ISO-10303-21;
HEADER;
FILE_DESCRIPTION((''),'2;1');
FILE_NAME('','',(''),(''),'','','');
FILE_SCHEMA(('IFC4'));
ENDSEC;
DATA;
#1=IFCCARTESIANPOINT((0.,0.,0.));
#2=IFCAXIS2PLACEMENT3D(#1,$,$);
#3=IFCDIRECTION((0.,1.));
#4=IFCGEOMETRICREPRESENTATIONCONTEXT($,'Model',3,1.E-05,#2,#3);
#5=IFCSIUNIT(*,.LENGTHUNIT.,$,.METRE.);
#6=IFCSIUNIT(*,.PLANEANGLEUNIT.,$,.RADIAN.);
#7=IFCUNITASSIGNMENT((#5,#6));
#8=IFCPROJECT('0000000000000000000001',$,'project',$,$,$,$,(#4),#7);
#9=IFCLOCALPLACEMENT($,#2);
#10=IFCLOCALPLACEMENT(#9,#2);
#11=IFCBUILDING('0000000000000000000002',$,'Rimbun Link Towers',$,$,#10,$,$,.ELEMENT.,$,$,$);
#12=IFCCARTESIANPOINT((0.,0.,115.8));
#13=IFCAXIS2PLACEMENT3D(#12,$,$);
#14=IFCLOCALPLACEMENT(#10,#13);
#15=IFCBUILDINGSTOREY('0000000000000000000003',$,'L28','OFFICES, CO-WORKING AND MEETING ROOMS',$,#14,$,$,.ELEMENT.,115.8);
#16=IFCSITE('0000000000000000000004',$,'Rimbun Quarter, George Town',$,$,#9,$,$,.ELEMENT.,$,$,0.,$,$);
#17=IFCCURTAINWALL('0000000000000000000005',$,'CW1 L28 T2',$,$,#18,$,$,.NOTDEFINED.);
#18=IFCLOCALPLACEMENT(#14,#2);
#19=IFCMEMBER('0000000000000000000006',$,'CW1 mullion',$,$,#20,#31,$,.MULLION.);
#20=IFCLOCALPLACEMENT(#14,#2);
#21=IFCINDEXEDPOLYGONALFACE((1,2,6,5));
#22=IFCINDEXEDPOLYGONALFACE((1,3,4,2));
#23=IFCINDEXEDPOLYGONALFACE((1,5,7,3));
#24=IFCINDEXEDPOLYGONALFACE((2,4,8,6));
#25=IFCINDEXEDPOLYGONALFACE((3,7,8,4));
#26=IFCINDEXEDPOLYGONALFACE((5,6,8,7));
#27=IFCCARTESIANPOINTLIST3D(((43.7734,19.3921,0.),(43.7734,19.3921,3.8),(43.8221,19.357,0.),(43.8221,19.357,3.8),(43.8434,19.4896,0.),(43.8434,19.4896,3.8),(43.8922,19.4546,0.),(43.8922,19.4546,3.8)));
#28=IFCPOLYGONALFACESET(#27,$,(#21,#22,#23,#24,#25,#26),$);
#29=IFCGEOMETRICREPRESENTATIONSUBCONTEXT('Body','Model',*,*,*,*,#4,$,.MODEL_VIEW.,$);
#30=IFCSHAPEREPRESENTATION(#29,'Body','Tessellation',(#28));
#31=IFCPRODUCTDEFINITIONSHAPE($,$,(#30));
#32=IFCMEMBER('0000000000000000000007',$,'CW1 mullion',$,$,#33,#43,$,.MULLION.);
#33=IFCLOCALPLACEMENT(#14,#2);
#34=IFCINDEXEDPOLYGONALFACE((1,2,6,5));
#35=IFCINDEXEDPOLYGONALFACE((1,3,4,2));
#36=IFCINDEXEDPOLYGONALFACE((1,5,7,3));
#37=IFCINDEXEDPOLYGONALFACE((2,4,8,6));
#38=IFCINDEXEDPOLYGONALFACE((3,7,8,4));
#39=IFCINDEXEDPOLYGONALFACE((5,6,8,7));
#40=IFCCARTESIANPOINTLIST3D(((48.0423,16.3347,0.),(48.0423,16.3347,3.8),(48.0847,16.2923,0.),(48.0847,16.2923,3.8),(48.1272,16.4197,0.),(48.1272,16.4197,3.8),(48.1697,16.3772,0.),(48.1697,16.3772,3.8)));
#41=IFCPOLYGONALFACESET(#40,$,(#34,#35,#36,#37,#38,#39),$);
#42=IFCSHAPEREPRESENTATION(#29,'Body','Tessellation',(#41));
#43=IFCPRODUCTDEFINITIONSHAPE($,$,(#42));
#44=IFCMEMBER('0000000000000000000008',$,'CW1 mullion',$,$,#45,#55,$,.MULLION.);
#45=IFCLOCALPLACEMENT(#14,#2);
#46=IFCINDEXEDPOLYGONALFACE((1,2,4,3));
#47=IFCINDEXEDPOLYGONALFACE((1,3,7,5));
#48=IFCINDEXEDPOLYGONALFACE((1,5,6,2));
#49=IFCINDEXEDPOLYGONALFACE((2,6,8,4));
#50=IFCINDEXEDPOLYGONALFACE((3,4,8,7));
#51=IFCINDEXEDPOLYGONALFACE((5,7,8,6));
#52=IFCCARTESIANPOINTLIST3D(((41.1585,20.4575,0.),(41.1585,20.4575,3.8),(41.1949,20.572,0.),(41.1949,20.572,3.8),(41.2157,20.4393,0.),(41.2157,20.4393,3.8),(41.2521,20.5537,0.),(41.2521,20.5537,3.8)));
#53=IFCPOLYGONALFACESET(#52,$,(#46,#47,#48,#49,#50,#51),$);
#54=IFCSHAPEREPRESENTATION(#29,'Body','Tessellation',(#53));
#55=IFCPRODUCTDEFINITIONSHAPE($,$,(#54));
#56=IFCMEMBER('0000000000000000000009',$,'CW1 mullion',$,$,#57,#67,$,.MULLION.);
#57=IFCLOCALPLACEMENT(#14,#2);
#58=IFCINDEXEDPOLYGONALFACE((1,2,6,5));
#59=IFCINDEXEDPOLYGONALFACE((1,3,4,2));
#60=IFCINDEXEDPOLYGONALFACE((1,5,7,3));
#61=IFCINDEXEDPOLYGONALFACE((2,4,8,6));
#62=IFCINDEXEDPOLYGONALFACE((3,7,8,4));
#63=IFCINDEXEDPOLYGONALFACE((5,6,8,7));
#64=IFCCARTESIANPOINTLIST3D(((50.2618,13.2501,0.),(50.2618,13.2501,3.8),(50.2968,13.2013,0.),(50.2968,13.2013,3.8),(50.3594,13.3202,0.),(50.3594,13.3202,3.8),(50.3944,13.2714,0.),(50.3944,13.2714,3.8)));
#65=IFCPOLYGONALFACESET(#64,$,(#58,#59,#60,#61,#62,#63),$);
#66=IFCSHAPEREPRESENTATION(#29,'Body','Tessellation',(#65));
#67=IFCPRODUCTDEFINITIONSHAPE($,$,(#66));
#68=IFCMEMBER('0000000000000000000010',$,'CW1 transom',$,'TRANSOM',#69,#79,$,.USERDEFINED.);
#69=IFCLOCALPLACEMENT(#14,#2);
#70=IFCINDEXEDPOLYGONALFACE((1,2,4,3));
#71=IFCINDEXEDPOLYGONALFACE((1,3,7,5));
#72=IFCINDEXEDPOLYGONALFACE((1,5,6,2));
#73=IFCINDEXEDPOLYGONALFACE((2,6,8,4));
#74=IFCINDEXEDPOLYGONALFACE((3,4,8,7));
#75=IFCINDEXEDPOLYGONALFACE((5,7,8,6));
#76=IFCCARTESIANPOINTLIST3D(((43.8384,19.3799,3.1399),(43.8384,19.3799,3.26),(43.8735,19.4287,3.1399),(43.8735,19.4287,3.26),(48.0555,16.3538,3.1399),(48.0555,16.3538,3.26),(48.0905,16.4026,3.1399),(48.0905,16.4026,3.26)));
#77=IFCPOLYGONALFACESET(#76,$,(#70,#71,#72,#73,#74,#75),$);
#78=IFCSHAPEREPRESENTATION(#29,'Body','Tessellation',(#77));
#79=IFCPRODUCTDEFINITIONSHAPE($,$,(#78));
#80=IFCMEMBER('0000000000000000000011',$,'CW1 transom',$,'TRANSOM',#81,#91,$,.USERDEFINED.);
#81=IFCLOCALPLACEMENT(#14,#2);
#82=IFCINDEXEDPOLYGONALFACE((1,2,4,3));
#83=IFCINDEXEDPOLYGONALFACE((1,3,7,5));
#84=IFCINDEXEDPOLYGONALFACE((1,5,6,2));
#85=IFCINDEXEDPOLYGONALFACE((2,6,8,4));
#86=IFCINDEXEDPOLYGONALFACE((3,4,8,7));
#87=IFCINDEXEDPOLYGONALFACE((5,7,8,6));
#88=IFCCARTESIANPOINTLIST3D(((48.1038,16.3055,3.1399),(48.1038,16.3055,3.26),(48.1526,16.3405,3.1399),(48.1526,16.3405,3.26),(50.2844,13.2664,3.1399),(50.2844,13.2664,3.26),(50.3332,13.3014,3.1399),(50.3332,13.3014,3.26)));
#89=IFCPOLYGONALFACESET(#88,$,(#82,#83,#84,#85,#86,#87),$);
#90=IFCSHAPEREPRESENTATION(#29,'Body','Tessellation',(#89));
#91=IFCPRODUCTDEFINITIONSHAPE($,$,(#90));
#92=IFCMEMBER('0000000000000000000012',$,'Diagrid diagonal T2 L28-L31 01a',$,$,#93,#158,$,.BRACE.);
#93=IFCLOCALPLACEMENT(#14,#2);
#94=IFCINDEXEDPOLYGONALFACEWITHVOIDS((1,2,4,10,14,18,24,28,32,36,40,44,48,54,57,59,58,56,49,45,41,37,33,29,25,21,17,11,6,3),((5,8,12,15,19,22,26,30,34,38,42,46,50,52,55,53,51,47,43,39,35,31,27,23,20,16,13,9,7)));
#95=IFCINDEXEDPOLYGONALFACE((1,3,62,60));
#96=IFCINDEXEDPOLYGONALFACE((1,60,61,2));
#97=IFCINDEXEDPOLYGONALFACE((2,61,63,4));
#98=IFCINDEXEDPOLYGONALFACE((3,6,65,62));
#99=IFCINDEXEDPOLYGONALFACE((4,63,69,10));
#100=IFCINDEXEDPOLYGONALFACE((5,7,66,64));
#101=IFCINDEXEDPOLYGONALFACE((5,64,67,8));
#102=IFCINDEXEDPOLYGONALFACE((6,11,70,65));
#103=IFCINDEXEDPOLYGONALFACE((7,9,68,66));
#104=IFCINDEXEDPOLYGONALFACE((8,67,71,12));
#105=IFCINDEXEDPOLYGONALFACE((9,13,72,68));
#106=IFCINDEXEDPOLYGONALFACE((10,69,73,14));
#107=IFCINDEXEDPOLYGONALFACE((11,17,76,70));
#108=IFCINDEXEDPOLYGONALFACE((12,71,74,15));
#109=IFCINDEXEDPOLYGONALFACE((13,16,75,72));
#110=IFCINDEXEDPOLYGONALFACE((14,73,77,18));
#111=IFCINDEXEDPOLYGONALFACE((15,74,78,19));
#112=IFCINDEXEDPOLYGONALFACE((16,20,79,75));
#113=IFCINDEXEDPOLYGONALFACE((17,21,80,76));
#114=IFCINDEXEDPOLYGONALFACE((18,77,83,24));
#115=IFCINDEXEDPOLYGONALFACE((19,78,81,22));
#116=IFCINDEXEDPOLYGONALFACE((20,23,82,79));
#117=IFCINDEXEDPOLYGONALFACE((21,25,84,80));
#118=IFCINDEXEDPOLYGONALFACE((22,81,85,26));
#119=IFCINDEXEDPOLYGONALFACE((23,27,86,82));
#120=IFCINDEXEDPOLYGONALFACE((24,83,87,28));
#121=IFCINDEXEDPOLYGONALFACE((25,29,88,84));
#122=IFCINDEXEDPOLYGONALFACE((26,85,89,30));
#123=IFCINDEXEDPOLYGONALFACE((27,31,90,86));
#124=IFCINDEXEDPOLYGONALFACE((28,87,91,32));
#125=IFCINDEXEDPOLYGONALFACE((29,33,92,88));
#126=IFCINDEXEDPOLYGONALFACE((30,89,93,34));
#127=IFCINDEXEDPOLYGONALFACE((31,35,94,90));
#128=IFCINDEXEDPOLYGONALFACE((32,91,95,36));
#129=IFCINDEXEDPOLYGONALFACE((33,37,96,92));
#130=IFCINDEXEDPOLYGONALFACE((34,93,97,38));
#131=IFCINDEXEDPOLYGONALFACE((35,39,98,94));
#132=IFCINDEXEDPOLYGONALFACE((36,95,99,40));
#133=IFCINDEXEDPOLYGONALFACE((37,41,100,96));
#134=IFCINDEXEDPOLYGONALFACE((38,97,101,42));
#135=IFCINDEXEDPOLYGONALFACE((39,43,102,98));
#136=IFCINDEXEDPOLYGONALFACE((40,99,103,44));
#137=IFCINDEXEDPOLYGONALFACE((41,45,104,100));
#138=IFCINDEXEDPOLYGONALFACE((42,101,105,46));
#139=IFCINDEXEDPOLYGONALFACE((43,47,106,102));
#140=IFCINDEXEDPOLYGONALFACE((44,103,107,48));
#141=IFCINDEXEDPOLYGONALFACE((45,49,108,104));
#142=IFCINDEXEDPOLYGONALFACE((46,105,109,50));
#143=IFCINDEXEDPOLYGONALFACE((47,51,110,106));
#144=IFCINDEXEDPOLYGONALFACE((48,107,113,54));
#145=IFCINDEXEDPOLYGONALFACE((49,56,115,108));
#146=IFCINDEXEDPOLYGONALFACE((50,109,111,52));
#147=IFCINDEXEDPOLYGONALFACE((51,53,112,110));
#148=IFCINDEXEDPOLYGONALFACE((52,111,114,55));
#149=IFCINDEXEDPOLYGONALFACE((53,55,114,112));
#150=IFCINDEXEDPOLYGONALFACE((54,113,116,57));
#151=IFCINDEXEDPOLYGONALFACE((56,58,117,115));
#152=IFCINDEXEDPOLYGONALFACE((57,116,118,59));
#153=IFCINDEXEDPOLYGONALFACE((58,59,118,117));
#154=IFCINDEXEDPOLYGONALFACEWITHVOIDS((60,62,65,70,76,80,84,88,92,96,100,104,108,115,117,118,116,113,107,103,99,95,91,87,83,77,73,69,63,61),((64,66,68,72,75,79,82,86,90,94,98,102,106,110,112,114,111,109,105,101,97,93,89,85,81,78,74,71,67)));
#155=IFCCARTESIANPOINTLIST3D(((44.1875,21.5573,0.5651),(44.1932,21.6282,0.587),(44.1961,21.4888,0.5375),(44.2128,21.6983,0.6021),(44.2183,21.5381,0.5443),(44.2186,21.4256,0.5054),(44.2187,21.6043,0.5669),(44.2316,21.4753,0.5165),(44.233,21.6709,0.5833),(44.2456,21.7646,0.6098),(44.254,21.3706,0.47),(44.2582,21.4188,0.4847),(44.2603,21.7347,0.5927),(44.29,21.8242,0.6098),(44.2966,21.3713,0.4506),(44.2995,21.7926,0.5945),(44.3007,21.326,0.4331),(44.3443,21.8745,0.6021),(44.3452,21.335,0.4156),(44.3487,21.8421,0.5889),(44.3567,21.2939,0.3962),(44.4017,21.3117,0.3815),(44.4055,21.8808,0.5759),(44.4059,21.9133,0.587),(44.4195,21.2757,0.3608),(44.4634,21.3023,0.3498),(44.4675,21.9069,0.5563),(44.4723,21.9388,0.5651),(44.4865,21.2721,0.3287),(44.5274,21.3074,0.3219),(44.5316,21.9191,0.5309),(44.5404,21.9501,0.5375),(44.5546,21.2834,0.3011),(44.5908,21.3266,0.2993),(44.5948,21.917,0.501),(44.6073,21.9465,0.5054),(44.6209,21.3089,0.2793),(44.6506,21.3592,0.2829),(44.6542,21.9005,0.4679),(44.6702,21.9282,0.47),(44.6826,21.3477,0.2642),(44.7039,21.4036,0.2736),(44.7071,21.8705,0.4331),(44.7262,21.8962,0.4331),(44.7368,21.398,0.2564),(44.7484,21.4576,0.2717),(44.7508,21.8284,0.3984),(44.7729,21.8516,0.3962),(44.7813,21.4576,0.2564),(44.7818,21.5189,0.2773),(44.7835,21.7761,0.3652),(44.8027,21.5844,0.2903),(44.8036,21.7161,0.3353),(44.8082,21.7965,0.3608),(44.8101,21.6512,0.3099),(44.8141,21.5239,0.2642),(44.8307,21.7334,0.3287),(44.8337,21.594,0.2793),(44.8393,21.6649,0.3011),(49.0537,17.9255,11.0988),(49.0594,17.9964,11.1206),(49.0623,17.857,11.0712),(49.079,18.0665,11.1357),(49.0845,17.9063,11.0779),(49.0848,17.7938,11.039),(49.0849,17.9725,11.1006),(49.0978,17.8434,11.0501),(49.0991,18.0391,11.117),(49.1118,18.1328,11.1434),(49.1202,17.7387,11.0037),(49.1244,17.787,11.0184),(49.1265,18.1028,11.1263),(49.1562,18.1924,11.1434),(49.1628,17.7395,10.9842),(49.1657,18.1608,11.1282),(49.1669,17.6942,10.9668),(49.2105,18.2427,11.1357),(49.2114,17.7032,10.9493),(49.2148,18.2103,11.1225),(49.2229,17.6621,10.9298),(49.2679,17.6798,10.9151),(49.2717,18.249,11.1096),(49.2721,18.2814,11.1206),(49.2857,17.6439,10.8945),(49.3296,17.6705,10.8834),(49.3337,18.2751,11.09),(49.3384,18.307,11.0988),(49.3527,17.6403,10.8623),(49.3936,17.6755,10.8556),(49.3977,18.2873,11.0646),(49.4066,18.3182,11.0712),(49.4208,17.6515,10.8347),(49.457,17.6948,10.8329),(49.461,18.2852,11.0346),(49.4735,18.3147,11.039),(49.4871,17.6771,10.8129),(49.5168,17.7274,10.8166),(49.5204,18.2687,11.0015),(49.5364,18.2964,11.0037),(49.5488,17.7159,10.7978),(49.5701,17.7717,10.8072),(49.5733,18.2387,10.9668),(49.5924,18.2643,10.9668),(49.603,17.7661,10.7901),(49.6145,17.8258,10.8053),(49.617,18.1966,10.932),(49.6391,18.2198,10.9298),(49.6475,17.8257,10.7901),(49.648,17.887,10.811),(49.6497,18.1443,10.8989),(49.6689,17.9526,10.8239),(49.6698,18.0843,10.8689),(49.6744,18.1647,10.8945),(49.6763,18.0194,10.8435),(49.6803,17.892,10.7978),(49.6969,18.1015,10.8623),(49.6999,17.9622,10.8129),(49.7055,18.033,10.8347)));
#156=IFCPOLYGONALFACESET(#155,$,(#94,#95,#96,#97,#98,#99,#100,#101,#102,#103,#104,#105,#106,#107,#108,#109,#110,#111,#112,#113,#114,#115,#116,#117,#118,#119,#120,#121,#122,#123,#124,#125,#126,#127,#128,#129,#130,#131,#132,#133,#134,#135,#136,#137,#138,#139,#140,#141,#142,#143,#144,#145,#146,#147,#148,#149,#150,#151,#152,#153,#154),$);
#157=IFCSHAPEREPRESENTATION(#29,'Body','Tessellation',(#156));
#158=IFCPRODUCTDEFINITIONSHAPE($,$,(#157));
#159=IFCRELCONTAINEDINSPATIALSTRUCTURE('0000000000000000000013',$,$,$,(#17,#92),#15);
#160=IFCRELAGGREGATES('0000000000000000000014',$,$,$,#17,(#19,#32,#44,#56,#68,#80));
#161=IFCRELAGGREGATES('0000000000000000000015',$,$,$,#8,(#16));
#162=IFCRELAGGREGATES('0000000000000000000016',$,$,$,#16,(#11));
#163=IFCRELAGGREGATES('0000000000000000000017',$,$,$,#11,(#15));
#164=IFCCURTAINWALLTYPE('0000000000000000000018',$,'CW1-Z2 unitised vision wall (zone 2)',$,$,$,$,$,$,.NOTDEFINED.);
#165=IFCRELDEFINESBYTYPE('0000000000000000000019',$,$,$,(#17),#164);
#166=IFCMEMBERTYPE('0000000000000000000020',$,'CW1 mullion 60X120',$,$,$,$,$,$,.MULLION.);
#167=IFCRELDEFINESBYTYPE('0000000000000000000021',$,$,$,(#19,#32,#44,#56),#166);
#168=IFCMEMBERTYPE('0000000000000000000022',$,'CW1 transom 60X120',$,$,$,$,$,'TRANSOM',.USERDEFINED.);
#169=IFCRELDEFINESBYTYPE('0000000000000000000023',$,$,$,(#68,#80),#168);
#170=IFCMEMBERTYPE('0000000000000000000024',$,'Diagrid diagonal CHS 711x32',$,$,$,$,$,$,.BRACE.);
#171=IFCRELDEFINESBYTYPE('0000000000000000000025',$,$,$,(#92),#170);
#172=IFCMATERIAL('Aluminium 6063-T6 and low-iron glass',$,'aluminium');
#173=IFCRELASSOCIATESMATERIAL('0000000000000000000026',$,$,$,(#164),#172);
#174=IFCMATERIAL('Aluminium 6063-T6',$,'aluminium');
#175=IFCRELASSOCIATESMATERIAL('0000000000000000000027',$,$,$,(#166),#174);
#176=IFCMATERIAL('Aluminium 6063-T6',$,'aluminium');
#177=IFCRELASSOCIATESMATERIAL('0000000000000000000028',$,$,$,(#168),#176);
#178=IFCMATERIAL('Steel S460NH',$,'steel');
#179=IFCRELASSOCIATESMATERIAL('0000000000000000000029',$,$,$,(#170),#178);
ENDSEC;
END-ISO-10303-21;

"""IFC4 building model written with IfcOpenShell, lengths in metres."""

from ifc_helpers import new_model, si_unit, direction, frame, origin, origin_2d, place, context, subcontext, project, spatial, rectangle, hollow_circle, extrude, material, material_profile, profile_set, type_object, element, aggregate, save


model = new_model("IFC4")

# Units and contexts
model_context = context("Model", 3, precision=1e-05, world=origin(), true_north=direction((0.0, 1.0)))
body_context = subcontext(model_context, "Body", "Model", "MODEL_VIEW")
ifc_project = project(units=[si_unit("LENGTHUNIT", "METRE"), si_unit("PLANEANGLEUNIT", "RADIAN")], contexts=[model_context])

# Site, building, storey
site_placement = place(None, origin())
site = spatial("IfcSite", under=ifc_project, at=site_placement, Name="Rimbun Quarter, George Town", CompositionType="ELEMENT", RefElevation=0.0)
building_placement = place(site_placement, origin())
building = spatial("IfcBuilding", under=site, at=building_placement, Name="Rimbun Link Towers", CompositionType="ELEMENT")
storey_placement = place(building_placement, frame((0.0, 0.0, 115.8)))
storey = spatial("IfcBuildingStorey", under=building, at=storey_placement, Name="L28", Description="OFFICES, CO-WORKING AND MEETING ROOMS", CompositionType="ELEMENT", Elevation=115.8)

# Curtain wall, members
ifc_material_1 = material(Name="Aluminium 6063-T6 and low-iron glass", Category="aluminium")
curtain_wall_type = type_object("IfcCurtainWallType", Name="CW1-Z2 unitised vision wall (zone 2)", PredefinedType="NOTDEFINED", material=ifc_material_1)
curtain_wall_placement = place(storey_placement, origin())
curtain_wall = element("IfcCurtainWall", 1, at=curtain_wall_placement, inside=storey, type_object=curtain_wall_type, Name="CW1 L28 T2", PredefinedType="NOTDEFINED")
ifc_material_2 = material(Name="Aluminium 6063-T6", Category="aluminium")
ifc_material_profile_1 = material_profile(ifc_material_2, rectangle(XDim=0.1201, YDim=0.0601, at=origin_2d()), Name="MULLION 60X120")
ifc_profile_set_1 = profile_set([ifc_material_profile_1], Name="Aluminium 6063-T6")
member_type_1 = type_object("IfcMemberType", Name="CW1 mullion 60X120", PredefinedType="MULLION", material=ifc_profile_set_1)
member_1_placement = place(storey_placement, frame((43.8328, 19.4233, 0.0), z_axis=(0.0, 0.0, 1.0), x_axis=(0.583004, 0.812469, 0.0)))
member_1 = element("IfcMember", 2, at=member_1_placement, type_object=member_type_1, Name="CW1 mullion", PredefinedType="MULLION", context=body_context, shape_type="SweptSolid", body=[
    extrude(rectangle(XDim=0.1201, YDim=0.0601, at=origin_2d()), origin(), (0.0, 0.0, 1.0), 3.8),
])
member_2_placement = place(storey_placement, frame((48.106, 16.356, 0.0), z_axis=(0.0, 0.0, 1.0), x_axis=(0.707107, 0.707107, 0.0)))
member_2 = element("IfcMember", 3, at=member_2_placement, type_object=member_type_1, Name="CW1 mullion", PredefinedType="MULLION", context=body_context, shape_type="SweptSolid", body=[
    extrude(rectangle(XDim=0.1201, YDim=0.0601, at=origin_2d()), origin(), (0.0, 0.0, 1.0), 3.8),
])
member_3_placement = place(storey_placement, frame((41.2053, 20.5056, 0.0), z_axis=(0.0, 0.0, 1.0), x_axis=(0.303073, 0.952967, 0.0)))
member_3 = element("IfcMember", 4, at=member_3_placement, type_object=member_type_1, Name="CW1 mullion", PredefinedType="MULLION", context=body_context, shape_type="SweptSolid", body=[
    extrude(rectangle(XDim=0.1201, YDim=0.0601, at=origin_2d()), origin(), (0.0, 0.0, 1.0), 3.8),
])
member_4_placement = place(storey_placement, frame((50.3281, 13.2607, 0.0), z_axis=(0.0, 0.0, 1.0), x_axis=(0.812469, 0.583004, 0.0)))
member_4 = element("IfcMember", 5, at=member_4_placement, type_object=member_type_1, Name="CW1 mullion", PredefinedType="MULLION", context=body_context, shape_type="SweptSolid", body=[
    extrude(rectangle(XDim=0.1201, YDim=0.0601, at=origin_2d()), origin(), (0.0, 0.0, 1.0), 3.8),
])
ifc_material_3 = material(Name="Aluminium 6063-T6", Category="aluminium")
ifc_material_profile_2 = material_profile(ifc_material_3, rectangle(XDim=0.0601, YDim=0.1201, at=origin_2d()), Name="TRANSOM 60X120")
ifc_profile_set_2 = profile_set([ifc_material_profile_2], Name="Aluminium 6063-T6")
member_type_2 = type_object("IfcMemberType", Name="CW1 transom 60X120", ElementType="TRANSOM", PredefinedType="USERDEFINED", material=ifc_profile_set_2)
member_5_placement = place(storey_placement, frame((43.856, 19.4043, 3.2), z_axis=(0.81246, -0.583017, 0.0), x_axis=(0.583017, 0.81246, 0.0)))
member_5 = element("IfcMember", 6, at=member_5_placement, type_object=member_type_2, Name="CW1 transom", ObjectType="TRANSOM", PredefinedType="USERDEFINED", context=body_context, shape_type="SweptSolid", body=[
    extrude(rectangle(XDim=0.0601, YDim=0.1201, at=origin_2d()), origin(), (0.0, 0.0, 1.0), 5.1904),
])
member_6_placement = place(storey_placement, frame((48.1282, 16.323, 3.2), z_axis=(0.58299, -0.812479, 0.0), x_axis=(0.812479, 0.58299, 0.0)))
member_6 = element("IfcMember", 7, at=member_6_placement, type_object=member_type_2, Name="CW1 transom", ObjectType="TRANSOM", PredefinedType="USERDEFINED", context=body_context, shape_type="SweptSolid", body=[
    extrude(rectangle(XDim=0.0601, YDim=0.1201, at=origin_2d()), origin(), (0.0, 0.0, 1.0), 3.7405),
])

# Member
ifc_material_4 = material(Name="Steel S460NH", Category="steel")
ifc_material_profile_3 = material_profile(ifc_material_4, hollow_circle(Radius=0.3557, WallThickness=0.032, at=origin_2d()), Name="Diagrid diagonal CHS 711x32")
ifc_profile_set_3 = profile_set([ifc_material_profile_3], Name="Steel S460NH")
member_type_3 = type_object("IfcMemberType", Name="Diagrid diagonal CHS 711x32", PredefinedType="BRACE", material=ifc_profile_set_3)
member_7_placement = place(storey_placement, frame((44.5134, 21.6111, 0.4331), z_axis=(0.400231, -0.298708, 0.866365), x_axis=(0.59812, 0.801407, 0.0)))
element("IfcMember", 8, at=member_7_placement, inside=storey, type_object=member_type_3, Name="Diagrid diagonal T2 L28-L31 01a", PredefinedType="BRACE", context=body_context, shape_type="SweptSolid", body=[
    extrude(hollow_circle(Radius=0.3557, WallThickness=0.032, at=origin_2d()), origin(), (0.0, 0.0, 1.0), 12.1584),
])

aggregate(curtain_wall, [member_1, member_2, member_3, member_4, member_5, member_6])

save(model, "model.ifc")
